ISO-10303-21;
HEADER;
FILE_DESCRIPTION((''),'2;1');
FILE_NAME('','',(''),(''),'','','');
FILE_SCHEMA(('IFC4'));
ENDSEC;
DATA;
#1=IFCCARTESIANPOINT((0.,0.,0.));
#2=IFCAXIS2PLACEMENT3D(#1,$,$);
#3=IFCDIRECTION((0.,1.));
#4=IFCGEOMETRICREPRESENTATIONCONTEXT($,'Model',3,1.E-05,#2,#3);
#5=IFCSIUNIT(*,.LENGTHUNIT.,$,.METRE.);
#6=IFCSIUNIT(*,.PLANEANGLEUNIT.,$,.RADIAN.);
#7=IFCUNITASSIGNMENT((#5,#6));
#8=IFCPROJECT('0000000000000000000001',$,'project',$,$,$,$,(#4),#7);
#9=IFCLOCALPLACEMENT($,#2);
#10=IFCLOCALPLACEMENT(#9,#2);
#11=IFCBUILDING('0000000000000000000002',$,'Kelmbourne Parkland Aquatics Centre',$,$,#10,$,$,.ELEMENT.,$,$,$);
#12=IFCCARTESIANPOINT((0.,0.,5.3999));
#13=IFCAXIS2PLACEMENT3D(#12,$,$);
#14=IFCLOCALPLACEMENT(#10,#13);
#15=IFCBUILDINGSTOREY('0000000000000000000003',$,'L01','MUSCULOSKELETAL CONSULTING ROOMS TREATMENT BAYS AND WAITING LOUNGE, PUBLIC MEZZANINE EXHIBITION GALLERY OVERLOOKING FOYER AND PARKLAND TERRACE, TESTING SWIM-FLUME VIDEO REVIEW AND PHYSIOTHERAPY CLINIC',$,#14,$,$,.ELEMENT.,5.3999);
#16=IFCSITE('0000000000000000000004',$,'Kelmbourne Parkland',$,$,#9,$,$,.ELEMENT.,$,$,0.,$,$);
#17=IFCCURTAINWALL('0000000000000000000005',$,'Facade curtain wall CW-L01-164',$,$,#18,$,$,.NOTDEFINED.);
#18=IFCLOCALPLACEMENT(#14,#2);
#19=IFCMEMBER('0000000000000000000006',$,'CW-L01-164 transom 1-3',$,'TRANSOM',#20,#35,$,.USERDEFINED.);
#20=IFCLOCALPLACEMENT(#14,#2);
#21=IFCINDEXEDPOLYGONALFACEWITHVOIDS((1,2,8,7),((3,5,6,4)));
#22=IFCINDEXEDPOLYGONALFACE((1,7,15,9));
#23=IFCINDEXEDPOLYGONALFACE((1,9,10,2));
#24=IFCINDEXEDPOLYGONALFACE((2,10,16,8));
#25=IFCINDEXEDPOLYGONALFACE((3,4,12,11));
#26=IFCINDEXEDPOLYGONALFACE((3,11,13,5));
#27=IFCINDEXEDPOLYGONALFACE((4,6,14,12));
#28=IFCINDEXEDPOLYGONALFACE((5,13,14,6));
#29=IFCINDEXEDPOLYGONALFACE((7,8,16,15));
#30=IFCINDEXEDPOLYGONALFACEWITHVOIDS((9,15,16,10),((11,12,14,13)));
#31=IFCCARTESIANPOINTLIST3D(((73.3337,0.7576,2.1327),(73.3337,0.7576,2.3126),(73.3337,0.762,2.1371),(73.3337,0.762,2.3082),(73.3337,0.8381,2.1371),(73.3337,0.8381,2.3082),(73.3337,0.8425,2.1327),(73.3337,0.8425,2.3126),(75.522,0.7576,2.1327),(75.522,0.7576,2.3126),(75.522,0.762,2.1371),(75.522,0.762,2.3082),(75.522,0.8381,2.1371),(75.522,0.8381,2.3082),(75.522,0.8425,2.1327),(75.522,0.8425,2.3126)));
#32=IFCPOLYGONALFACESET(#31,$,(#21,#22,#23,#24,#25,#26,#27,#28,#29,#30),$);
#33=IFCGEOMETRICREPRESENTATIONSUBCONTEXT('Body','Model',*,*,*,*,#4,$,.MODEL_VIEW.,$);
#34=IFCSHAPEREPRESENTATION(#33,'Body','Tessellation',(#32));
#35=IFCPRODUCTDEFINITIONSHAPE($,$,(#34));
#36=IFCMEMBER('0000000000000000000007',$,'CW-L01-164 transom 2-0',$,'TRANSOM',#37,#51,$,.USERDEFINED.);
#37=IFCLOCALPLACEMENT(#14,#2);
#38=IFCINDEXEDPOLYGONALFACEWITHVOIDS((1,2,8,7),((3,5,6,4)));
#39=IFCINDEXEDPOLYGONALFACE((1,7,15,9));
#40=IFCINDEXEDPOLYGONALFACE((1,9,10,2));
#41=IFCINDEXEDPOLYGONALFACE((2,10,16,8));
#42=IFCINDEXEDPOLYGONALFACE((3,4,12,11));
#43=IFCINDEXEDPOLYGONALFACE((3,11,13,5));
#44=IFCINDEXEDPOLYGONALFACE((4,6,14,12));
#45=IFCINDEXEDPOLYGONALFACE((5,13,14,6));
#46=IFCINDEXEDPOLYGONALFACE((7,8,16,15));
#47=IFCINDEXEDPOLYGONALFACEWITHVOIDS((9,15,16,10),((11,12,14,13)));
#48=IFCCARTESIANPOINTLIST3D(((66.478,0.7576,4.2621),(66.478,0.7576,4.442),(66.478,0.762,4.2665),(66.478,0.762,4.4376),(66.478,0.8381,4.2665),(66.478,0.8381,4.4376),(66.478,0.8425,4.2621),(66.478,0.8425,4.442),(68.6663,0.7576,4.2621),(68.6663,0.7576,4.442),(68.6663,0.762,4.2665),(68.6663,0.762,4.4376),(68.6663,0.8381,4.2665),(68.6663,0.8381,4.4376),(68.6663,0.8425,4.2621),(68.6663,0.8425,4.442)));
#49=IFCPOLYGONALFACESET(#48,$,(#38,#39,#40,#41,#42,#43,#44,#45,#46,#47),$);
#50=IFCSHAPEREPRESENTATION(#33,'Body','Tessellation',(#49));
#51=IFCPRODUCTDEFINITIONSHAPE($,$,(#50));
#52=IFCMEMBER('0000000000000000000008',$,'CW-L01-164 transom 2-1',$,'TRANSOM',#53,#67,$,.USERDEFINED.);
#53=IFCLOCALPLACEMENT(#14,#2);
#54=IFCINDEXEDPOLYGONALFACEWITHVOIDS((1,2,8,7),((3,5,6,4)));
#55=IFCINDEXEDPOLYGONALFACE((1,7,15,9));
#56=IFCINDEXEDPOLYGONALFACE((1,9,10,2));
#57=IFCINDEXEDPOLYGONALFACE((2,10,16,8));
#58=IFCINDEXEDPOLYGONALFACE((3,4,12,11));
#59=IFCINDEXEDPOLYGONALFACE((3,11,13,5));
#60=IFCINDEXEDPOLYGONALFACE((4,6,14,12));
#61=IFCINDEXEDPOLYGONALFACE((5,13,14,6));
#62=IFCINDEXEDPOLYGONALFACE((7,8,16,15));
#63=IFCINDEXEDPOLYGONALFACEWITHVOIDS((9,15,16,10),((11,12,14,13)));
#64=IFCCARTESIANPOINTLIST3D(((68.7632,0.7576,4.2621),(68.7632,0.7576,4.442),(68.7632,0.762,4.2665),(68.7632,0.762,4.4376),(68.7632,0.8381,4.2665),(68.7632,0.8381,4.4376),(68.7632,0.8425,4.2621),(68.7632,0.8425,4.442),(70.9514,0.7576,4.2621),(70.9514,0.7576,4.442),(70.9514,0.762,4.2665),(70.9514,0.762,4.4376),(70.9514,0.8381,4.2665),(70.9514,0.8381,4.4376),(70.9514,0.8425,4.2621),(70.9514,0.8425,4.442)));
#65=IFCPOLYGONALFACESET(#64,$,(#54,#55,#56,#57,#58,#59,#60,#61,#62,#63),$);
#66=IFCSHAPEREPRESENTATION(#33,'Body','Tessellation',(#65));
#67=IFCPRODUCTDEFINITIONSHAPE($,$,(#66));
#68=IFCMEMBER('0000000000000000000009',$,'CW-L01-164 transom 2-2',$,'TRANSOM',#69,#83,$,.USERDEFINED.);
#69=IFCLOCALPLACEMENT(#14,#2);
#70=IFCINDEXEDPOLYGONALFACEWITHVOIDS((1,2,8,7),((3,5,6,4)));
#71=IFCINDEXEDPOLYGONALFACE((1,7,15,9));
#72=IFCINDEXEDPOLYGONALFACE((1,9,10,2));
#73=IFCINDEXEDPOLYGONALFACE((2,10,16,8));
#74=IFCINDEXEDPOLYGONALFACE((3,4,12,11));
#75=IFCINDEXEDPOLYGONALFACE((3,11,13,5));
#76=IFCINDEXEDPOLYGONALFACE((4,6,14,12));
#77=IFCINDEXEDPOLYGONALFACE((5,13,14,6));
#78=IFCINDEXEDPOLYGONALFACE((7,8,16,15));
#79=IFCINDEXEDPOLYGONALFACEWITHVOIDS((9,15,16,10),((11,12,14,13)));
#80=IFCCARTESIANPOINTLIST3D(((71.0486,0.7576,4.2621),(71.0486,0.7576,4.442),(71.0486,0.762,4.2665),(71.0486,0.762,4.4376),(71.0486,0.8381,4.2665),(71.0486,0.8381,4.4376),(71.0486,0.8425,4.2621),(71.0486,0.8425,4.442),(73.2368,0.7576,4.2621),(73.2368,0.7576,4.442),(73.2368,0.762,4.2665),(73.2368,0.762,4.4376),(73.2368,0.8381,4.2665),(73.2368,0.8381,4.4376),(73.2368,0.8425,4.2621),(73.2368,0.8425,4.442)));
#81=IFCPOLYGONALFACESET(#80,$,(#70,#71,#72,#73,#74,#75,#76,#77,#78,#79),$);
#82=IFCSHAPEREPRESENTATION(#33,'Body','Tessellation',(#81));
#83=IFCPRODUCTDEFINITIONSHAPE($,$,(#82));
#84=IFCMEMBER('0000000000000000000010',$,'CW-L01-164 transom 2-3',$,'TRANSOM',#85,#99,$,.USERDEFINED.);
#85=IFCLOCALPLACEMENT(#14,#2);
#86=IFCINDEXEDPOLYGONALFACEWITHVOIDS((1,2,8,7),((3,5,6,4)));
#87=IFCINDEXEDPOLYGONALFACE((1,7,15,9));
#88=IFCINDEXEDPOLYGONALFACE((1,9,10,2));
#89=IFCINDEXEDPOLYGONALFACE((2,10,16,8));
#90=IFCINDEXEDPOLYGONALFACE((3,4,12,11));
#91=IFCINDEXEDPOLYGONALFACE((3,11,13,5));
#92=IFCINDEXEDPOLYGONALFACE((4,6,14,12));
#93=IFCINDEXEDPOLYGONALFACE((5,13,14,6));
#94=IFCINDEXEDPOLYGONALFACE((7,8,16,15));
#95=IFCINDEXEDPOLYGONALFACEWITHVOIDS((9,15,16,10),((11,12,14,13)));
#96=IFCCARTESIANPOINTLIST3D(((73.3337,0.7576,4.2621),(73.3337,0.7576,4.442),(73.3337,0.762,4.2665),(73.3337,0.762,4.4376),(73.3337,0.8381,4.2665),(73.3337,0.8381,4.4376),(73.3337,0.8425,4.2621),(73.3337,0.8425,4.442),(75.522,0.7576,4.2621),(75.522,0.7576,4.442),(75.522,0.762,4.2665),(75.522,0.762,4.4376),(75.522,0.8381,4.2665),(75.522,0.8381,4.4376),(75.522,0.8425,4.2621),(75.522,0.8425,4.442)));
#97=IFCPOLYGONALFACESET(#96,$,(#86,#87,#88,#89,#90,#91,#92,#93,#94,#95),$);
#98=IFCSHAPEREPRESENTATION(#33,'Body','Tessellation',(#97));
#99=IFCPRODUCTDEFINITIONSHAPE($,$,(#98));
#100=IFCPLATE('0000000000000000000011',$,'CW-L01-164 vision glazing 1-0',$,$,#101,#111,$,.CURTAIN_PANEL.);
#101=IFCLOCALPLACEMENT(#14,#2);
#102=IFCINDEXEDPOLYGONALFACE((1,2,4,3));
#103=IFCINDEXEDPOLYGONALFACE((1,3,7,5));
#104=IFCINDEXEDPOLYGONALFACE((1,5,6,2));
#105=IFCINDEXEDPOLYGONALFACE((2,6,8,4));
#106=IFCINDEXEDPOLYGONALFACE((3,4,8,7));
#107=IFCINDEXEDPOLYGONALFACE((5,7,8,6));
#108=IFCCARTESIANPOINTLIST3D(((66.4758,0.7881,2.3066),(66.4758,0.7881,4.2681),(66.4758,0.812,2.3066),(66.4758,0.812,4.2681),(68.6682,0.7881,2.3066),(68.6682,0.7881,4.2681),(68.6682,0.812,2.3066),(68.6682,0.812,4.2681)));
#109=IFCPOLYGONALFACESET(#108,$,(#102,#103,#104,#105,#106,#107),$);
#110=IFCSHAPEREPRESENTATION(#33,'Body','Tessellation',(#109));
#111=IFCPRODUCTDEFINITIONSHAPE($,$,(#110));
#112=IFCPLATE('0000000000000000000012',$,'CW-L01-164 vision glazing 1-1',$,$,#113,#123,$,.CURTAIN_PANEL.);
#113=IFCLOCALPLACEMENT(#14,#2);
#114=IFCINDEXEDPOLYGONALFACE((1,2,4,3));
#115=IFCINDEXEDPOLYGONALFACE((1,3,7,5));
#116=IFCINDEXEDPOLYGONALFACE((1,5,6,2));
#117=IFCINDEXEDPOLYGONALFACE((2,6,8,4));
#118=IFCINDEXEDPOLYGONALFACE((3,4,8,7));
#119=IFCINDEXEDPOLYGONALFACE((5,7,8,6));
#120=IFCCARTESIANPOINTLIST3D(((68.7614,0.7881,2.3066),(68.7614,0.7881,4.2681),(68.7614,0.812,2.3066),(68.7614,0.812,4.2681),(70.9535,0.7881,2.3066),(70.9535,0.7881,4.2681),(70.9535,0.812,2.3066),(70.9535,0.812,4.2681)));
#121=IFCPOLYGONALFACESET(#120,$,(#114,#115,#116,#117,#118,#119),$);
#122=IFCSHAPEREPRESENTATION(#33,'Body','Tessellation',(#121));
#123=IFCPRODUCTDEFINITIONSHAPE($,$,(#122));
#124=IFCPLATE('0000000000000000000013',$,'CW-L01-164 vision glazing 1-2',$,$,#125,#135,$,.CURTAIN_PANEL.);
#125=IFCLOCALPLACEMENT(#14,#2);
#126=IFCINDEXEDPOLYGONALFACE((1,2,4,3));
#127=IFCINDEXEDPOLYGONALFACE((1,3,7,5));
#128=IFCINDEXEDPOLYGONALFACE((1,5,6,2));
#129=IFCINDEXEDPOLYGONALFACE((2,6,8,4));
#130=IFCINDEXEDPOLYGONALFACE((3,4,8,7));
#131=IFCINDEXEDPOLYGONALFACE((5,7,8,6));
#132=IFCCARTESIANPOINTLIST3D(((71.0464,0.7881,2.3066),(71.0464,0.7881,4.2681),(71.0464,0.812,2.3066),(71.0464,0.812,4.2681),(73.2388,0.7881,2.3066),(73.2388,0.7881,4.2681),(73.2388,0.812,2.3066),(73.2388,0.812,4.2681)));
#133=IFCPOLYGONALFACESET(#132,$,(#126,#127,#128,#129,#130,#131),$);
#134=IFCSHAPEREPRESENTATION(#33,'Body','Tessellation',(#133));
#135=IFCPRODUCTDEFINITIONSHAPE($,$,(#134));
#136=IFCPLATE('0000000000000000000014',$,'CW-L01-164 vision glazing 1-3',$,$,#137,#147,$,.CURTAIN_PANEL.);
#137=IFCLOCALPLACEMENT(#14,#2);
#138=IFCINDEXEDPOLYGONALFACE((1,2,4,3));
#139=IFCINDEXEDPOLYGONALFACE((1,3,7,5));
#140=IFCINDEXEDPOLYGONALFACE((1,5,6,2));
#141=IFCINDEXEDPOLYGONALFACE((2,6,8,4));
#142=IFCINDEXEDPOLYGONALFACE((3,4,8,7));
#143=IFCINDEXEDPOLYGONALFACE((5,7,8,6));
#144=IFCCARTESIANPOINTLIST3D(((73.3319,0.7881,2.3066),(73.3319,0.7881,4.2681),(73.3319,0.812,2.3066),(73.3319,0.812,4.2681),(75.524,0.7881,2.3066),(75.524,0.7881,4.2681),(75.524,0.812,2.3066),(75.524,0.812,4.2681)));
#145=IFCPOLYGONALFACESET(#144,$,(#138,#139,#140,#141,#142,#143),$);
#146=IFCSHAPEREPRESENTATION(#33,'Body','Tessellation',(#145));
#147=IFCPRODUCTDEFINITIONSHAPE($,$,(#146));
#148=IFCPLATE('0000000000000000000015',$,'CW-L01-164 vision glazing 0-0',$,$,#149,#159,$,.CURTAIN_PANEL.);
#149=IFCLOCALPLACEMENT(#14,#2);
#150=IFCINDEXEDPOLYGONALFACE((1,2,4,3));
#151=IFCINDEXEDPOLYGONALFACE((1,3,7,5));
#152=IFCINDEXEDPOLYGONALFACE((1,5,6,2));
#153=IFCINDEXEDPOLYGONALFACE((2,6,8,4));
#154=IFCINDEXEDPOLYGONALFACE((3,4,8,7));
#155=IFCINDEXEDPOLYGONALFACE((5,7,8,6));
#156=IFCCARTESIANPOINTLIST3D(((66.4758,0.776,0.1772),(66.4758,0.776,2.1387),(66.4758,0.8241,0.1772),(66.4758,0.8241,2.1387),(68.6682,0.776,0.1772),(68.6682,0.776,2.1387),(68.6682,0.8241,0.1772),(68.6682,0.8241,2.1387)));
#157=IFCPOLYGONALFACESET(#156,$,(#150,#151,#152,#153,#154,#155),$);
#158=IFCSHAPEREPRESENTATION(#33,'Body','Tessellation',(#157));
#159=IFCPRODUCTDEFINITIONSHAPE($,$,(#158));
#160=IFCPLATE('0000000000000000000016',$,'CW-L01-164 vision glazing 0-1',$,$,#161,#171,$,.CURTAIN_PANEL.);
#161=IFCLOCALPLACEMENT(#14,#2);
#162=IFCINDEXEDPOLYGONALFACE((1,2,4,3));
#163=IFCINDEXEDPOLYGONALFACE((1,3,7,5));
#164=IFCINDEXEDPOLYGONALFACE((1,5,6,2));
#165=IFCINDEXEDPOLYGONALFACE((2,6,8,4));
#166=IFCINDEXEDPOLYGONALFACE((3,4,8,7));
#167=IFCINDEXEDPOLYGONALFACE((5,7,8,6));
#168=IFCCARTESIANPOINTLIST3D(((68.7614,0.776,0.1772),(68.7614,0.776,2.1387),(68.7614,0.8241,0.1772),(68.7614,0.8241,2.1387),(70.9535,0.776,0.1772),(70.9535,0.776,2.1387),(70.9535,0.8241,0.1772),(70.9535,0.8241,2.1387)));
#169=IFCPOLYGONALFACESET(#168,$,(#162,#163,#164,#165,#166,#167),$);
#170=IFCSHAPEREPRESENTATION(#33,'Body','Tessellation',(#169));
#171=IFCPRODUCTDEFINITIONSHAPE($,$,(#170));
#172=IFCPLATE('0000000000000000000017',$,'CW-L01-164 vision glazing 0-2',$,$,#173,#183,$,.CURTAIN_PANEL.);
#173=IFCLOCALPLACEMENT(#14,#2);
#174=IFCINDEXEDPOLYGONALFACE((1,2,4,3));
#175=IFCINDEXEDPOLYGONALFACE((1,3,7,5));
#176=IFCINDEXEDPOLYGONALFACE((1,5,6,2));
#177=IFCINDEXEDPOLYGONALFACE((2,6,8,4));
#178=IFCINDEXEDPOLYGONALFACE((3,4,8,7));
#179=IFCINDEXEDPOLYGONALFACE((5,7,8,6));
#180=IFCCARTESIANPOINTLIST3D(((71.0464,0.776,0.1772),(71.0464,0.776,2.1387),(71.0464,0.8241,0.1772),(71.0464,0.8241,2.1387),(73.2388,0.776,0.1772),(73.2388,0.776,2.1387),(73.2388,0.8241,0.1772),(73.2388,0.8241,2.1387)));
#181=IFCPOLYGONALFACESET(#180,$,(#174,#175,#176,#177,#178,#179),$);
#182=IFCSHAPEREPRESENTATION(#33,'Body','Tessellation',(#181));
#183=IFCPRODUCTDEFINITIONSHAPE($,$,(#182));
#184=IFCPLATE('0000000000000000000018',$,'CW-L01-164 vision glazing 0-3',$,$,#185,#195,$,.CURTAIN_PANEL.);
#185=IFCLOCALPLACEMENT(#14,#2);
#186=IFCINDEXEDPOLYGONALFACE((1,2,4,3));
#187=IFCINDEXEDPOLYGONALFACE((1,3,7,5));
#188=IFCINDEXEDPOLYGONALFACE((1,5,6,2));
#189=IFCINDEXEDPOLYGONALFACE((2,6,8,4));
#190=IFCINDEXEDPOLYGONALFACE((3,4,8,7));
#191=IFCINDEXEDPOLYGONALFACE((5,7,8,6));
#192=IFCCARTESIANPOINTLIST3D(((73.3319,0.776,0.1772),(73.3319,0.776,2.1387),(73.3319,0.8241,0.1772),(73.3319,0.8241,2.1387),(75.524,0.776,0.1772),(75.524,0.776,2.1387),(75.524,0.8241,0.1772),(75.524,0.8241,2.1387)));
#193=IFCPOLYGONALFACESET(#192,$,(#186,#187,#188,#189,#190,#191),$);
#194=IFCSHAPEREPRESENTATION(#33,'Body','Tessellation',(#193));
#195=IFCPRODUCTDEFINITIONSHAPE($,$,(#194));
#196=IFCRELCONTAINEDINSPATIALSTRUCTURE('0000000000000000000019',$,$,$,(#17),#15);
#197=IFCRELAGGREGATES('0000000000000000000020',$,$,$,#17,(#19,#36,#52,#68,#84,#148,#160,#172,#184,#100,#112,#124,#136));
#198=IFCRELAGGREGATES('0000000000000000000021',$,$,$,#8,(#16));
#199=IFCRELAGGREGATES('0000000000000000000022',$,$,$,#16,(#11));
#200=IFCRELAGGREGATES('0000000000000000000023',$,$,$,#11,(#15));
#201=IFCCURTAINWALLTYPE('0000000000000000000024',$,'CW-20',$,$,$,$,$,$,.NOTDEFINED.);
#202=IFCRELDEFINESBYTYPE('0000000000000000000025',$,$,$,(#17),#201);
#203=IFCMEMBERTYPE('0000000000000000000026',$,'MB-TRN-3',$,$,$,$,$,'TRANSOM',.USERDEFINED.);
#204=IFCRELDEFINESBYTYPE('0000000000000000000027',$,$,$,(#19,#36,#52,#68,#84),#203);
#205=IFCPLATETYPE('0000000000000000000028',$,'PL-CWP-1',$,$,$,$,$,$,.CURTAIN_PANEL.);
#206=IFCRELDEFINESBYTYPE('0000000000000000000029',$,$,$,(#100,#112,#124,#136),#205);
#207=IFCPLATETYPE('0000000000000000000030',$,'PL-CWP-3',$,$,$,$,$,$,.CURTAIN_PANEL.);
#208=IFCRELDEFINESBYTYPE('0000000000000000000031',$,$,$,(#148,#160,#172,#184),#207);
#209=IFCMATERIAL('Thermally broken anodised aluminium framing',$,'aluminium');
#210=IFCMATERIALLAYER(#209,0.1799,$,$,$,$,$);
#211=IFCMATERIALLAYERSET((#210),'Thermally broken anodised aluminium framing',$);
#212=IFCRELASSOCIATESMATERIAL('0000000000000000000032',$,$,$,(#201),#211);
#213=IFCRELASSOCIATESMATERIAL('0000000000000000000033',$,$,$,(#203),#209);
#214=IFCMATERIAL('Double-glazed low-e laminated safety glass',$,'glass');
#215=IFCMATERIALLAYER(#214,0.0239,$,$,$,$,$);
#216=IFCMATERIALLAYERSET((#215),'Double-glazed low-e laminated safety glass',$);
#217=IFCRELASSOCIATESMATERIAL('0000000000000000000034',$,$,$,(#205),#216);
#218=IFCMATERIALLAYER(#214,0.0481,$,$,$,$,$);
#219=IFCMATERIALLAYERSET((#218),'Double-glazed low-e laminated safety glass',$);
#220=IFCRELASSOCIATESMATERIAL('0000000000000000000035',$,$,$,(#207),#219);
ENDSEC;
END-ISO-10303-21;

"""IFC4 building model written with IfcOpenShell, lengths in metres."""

from ifc_helpers import new_model, si_unit, direction, frame, origin, origin_2d, place, context, subcontext, project, spatial, rectangle, hollow_rectangle, extrude, material, layer, layer_set, material_profile, profile_set, type_object, element, aggregate, save


model = new_model("IFC4")

# Units and contexts
model_context = context("Model", 3, precision=1e-05, world=origin(), true_north=direction((0.0, 1.0)))
body_context = subcontext(model_context, "Body", "Model", "MODEL_VIEW")
ifc_project = project(units=[si_unit("LENGTHUNIT", "METRE"), si_unit("PLANEANGLEUNIT", "RADIAN")], contexts=[model_context])

# Site, building, storey
site_placement = place(None, origin())
site = spatial("IfcSite", under=ifc_project, at=site_placement, Name="Kelmbourne Parkland", CompositionType="ELEMENT", RefElevation=0.0)
building_placement = place(site_placement, origin())
building = spatial("IfcBuilding", under=site, at=building_placement, Name="Kelmbourne Parkland Aquatics Centre", CompositionType="ELEMENT")
storey_placement = place(building_placement, frame((0.0, 0.0, 5.3999)))
storey = spatial("IfcBuildingStorey", under=building, at=storey_placement, Name="L01", Description="MUSCULOSKELETAL CONSULTING ROOMS TREATMENT BAYS AND WAITING LOUNGE, PUBLIC MEZZANINE EXHIBITION GALLERY OVERLOOKING FOYER AND PARKLAND TERRACE, TESTING SWIM-FLUME VIDEO REVIEW AND PHYSIOTHERAPY CLINIC", CompositionType="ELEMENT", Elevation=5.3999)

# Shared definitions
ifc_material_1 = material(Name="Thermally broken anodised aluminium framing", Category="aluminium")

# Curtain wall
ifc_layer_1 = layer(ifc_material_1, 0.1799)
ifc_layer_set_1 = layer_set([ifc_layer_1], Name="Thermally broken anodised aluminium framing")
curtain_wall_type_1 = type_object("IfcCurtainWallType", Name="CW-20", PredefinedType="NOTDEFINED", material=ifc_layer_set_1)
curtain_wall_1_placement = place(storey_placement, origin())
curtain_wall_1 = element("IfcCurtainWall", 1, at=curtain_wall_1_placement, inside=storey, type_object=curtain_wall_type_1, Name="Facade curtain wall CW-L01-164", PredefinedType="NOTDEFINED")

# Members
ifc_material_profile_1 = material_profile(ifc_material_1, hollow_rectangle(XDim=0.085, YDim=0.1799, WallThickness=0.0044, at=origin_2d()), Name="CW-T 85x180")
ifc_profile_set_1 = profile_set([ifc_material_profile_1], Name="Thermally broken anodised aluminium framing")
member_type_1 = type_object("IfcMemberType", Name="MB-TRN-3", ElementType="TRANSOM", PredefinedType="USERDEFINED", material=ifc_profile_set_1)
member_1_placement = place(storey_placement, frame((73.3337, 0.8, 2.2227), z_axis=(1.0, 0.0, 0.0), x_axis=(0.0, 1.0, 0.0)))
member_1 = element("IfcMember", 2, at=member_1_placement, type_object=member_type_1, Name="CW-L01-164 transom 1-3", ObjectType="TRANSOM", PredefinedType="USERDEFINED", context=body_context, shape_type="SweptSolid", body=[
    extrude(hollow_rectangle(XDim=0.085, YDim=0.1799, WallThickness=0.0044, at=origin_2d()), origin(), (0.0, 0.0, 1.0), 2.1882),
])
member_2_placement = place(storey_placement, frame((66.478, 0.8, 4.3521), z_axis=(1.0, 0.0, 0.0), x_axis=(0.0, 1.0, 0.0)))
member_2 = element("IfcMember", 3, at=member_2_placement, type_object=member_type_1, Name="CW-L01-164 transom 2-0", ObjectType="TRANSOM", PredefinedType="USERDEFINED", context=body_context, shape_type="SweptSolid", body=[
    extrude(hollow_rectangle(XDim=0.085, YDim=0.1799, WallThickness=0.0044, at=origin_2d()), origin(), (0.0, 0.0, 1.0), 2.1882),
])
member_3_placement = place(storey_placement, frame((68.7632, 0.8, 4.3521), z_axis=(1.0, 0.0, 0.0), x_axis=(0.0, 1.0, 0.0)))
member_3 = element("IfcMember", 4, at=member_3_placement, type_object=member_type_1, Name="CW-L01-164 transom 2-1", ObjectType="TRANSOM", PredefinedType="USERDEFINED", context=body_context, shape_type="SweptSolid", body=[
    extrude(hollow_rectangle(XDim=0.085, YDim=0.1799, WallThickness=0.0044, at=origin_2d()), origin(), (0.0, 0.0, 1.0), 2.1882),
])
member_4_placement = place(storey_placement, frame((71.0486, 0.8, 4.3521), z_axis=(1.0, 0.0, 0.0), x_axis=(0.0, 1.0, 0.0)))
member_4 = element("IfcMember", 5, at=member_4_placement, type_object=member_type_1, Name="CW-L01-164 transom 2-2", ObjectType="TRANSOM", PredefinedType="USERDEFINED", context=body_context, shape_type="SweptSolid", body=[
    extrude(hollow_rectangle(XDim=0.085, YDim=0.1799, WallThickness=0.0044, at=origin_2d()), origin(), (0.0, 0.0, 1.0), 2.1882),
])
member_5_placement = place(storey_placement, frame((73.3337, 0.8, 4.3521), z_axis=(1.0, 0.0, 0.0), x_axis=(0.0, 1.0, 0.0)))
member_5 = element("IfcMember", 6, at=member_5_placement, type_object=member_type_1, Name="CW-L01-164 transom 2-3", ObjectType="TRANSOM", PredefinedType="USERDEFINED", context=body_context, shape_type="SweptSolid", body=[
    extrude(hollow_rectangle(XDim=0.085, YDim=0.1799, WallThickness=0.0044, at=origin_2d()), origin(), (0.0, 0.0, 1.0), 2.1882),
])

# Plates
ifc_material_2 = material(Name="Double-glazed low-e laminated safety glass", Category="glass")
ifc_layer_2 = layer(ifc_material_2, 0.0239)
ifc_layer_set_2 = layer_set([ifc_layer_2], Name="Double-glazed low-e laminated safety glass")
plate_type_1 = type_object("IfcPlateType", Name="PL-CWP-1", PredefinedType="CURTAIN_PANEL", material=ifc_layer_set_2)
plate_1_placement = place(storey_placement, frame((67.572, 0.8, 2.3066), z_axis=(0.0, 0.0, 1.0), x_axis=(1.0, 0.0, 0.0)))
plate_1 = element("IfcPlate", 7, at=plate_1_placement, type_object=plate_type_1, Name="CW-L01-164 vision glazing 1-0", PredefinedType="CURTAIN_PANEL", context=body_context, shape_type="SweptSolid", body=[
    extrude(rectangle(XDim=2.1924, YDim=0.0239, at=origin_2d()), origin(), (0.0, 0.0, 1.0), 1.9614),
])
plate_2_placement = place(storey_placement, frame((69.8574, 0.8, 2.3066), z_axis=(0.0, 0.0, 1.0), x_axis=(1.0, 0.0, 0.0)))
plate_2 = element("IfcPlate", 8, at=plate_2_placement, type_object=plate_type_1, Name="CW-L01-164 vision glazing 1-1", PredefinedType="CURTAIN_PANEL", context=body_context, shape_type="SweptSolid", body=[
    extrude(rectangle(XDim=2.1921, YDim=0.0239, at=origin_2d()), origin(), (0.0, 0.0, 1.0), 1.9614),
])
plate_3_placement = place(storey_placement, frame((72.1426, 0.8, 2.3066), z_axis=(0.0, 0.0, 1.0), x_axis=(1.0, 0.0, 0.0)))
plate_3 = element("IfcPlate", 9, at=plate_3_placement, type_object=plate_type_1, Name="CW-L01-164 vision glazing 1-2", PredefinedType="CURTAIN_PANEL", context=body_context, shape_type="SweptSolid", body=[
    extrude(rectangle(XDim=2.1924, YDim=0.0239, at=origin_2d()), origin(), (0.0, 0.0, 1.0), 1.9614),
])
plate_4_placement = place(storey_placement, frame((74.428, 0.8, 2.3066), z_axis=(0.0, 0.0, 1.0), x_axis=(1.0, 0.0, 0.0)))
plate_4 = element("IfcPlate", 10, at=plate_4_placement, type_object=plate_type_1, Name="CW-L01-164 vision glazing 1-3", PredefinedType="CURTAIN_PANEL", context=body_context, shape_type="SweptSolid", body=[
    extrude(rectangle(XDim=2.1921, YDim=0.0239, at=origin_2d()), origin(), (0.0, 0.0, 1.0), 1.9614),
])
ifc_layer_3 = layer(ifc_material_2, 0.0481)
ifc_layer_set_3 = layer_set([ifc_layer_3], Name="Double-glazed low-e laminated safety glass")
plate_type_2 = type_object("IfcPlateType", Name="PL-CWP-3", PredefinedType="CURTAIN_PANEL", material=ifc_layer_set_3)
plate_5_placement = place(storey_placement, frame((67.572, 0.8, 0.1772), z_axis=(0.0, 0.0, 1.0), x_axis=(1.0, 0.0, 0.0)))
plate_5 = element("IfcPlate", 11, at=plate_5_placement, type_object=plate_type_2, Name="CW-L01-164 vision glazing 0-0", PredefinedType="CURTAIN_PANEL", context=body_context, shape_type="SweptSolid", body=[
    extrude(rectangle(XDim=2.1924, YDim=0.0481, at=origin_2d()), origin(), (0.0, 0.0, 1.0), 1.9614),
])
plate_6_placement = place(storey_placement, frame((69.8574, 0.8, 0.1772), z_axis=(0.0, 0.0, 1.0), x_axis=(1.0, 0.0, 0.0)))
plate_6 = element("IfcPlate", 12, at=plate_6_placement, type_object=plate_type_2, Name="CW-L01-164 vision glazing 0-1", PredefinedType="CURTAIN_PANEL", context=body_context, shape_type="SweptSolid", body=[
    extrude(rectangle(XDim=2.1921, YDim=0.0481, at=origin_2d()), origin(), (0.0, 0.0, 1.0), 1.9614),
])
plate_7_placement = place(storey_placement, frame((72.1426, 0.8, 0.1772), z_axis=(0.0, 0.0, 1.0), x_axis=(1.0, 0.0, 0.0)))
plate_7 = element("IfcPlate", 13, at=plate_7_placement, type_object=plate_type_2, Name="CW-L01-164 vision glazing 0-2", PredefinedType="CURTAIN_PANEL", context=body_context, shape_type="SweptSolid", body=[
    extrude(rectangle(XDim=2.1924, YDim=0.0481, at=origin_2d()), origin(), (0.0, 0.0, 1.0), 1.9614),
])
plate_8_placement = place(storey_placement, frame((74.428, 0.8, 0.1772), z_axis=(0.0, 0.0, 1.0), x_axis=(1.0, 0.0, 0.0)))
plate_8 = element("IfcPlate", 14, at=plate_8_placement, type_object=plate_type_2, Name="CW-L01-164 vision glazing 0-3", PredefinedType="CURTAIN_PANEL", context=body_context, shape_type="SweptSolid", body=[
    extrude(rectangle(XDim=2.1921, YDim=0.0481, at=origin_2d()), origin(), (0.0, 0.0, 1.0), 1.9614),
])
aggregate(curtain_wall_1, [member_1, member_2, member_3, member_4, member_5, plate_5, plate_6, plate_7, plate_8, plate_1, plate_2, plate_3, plate_4])

save(model, "model.ifc")
